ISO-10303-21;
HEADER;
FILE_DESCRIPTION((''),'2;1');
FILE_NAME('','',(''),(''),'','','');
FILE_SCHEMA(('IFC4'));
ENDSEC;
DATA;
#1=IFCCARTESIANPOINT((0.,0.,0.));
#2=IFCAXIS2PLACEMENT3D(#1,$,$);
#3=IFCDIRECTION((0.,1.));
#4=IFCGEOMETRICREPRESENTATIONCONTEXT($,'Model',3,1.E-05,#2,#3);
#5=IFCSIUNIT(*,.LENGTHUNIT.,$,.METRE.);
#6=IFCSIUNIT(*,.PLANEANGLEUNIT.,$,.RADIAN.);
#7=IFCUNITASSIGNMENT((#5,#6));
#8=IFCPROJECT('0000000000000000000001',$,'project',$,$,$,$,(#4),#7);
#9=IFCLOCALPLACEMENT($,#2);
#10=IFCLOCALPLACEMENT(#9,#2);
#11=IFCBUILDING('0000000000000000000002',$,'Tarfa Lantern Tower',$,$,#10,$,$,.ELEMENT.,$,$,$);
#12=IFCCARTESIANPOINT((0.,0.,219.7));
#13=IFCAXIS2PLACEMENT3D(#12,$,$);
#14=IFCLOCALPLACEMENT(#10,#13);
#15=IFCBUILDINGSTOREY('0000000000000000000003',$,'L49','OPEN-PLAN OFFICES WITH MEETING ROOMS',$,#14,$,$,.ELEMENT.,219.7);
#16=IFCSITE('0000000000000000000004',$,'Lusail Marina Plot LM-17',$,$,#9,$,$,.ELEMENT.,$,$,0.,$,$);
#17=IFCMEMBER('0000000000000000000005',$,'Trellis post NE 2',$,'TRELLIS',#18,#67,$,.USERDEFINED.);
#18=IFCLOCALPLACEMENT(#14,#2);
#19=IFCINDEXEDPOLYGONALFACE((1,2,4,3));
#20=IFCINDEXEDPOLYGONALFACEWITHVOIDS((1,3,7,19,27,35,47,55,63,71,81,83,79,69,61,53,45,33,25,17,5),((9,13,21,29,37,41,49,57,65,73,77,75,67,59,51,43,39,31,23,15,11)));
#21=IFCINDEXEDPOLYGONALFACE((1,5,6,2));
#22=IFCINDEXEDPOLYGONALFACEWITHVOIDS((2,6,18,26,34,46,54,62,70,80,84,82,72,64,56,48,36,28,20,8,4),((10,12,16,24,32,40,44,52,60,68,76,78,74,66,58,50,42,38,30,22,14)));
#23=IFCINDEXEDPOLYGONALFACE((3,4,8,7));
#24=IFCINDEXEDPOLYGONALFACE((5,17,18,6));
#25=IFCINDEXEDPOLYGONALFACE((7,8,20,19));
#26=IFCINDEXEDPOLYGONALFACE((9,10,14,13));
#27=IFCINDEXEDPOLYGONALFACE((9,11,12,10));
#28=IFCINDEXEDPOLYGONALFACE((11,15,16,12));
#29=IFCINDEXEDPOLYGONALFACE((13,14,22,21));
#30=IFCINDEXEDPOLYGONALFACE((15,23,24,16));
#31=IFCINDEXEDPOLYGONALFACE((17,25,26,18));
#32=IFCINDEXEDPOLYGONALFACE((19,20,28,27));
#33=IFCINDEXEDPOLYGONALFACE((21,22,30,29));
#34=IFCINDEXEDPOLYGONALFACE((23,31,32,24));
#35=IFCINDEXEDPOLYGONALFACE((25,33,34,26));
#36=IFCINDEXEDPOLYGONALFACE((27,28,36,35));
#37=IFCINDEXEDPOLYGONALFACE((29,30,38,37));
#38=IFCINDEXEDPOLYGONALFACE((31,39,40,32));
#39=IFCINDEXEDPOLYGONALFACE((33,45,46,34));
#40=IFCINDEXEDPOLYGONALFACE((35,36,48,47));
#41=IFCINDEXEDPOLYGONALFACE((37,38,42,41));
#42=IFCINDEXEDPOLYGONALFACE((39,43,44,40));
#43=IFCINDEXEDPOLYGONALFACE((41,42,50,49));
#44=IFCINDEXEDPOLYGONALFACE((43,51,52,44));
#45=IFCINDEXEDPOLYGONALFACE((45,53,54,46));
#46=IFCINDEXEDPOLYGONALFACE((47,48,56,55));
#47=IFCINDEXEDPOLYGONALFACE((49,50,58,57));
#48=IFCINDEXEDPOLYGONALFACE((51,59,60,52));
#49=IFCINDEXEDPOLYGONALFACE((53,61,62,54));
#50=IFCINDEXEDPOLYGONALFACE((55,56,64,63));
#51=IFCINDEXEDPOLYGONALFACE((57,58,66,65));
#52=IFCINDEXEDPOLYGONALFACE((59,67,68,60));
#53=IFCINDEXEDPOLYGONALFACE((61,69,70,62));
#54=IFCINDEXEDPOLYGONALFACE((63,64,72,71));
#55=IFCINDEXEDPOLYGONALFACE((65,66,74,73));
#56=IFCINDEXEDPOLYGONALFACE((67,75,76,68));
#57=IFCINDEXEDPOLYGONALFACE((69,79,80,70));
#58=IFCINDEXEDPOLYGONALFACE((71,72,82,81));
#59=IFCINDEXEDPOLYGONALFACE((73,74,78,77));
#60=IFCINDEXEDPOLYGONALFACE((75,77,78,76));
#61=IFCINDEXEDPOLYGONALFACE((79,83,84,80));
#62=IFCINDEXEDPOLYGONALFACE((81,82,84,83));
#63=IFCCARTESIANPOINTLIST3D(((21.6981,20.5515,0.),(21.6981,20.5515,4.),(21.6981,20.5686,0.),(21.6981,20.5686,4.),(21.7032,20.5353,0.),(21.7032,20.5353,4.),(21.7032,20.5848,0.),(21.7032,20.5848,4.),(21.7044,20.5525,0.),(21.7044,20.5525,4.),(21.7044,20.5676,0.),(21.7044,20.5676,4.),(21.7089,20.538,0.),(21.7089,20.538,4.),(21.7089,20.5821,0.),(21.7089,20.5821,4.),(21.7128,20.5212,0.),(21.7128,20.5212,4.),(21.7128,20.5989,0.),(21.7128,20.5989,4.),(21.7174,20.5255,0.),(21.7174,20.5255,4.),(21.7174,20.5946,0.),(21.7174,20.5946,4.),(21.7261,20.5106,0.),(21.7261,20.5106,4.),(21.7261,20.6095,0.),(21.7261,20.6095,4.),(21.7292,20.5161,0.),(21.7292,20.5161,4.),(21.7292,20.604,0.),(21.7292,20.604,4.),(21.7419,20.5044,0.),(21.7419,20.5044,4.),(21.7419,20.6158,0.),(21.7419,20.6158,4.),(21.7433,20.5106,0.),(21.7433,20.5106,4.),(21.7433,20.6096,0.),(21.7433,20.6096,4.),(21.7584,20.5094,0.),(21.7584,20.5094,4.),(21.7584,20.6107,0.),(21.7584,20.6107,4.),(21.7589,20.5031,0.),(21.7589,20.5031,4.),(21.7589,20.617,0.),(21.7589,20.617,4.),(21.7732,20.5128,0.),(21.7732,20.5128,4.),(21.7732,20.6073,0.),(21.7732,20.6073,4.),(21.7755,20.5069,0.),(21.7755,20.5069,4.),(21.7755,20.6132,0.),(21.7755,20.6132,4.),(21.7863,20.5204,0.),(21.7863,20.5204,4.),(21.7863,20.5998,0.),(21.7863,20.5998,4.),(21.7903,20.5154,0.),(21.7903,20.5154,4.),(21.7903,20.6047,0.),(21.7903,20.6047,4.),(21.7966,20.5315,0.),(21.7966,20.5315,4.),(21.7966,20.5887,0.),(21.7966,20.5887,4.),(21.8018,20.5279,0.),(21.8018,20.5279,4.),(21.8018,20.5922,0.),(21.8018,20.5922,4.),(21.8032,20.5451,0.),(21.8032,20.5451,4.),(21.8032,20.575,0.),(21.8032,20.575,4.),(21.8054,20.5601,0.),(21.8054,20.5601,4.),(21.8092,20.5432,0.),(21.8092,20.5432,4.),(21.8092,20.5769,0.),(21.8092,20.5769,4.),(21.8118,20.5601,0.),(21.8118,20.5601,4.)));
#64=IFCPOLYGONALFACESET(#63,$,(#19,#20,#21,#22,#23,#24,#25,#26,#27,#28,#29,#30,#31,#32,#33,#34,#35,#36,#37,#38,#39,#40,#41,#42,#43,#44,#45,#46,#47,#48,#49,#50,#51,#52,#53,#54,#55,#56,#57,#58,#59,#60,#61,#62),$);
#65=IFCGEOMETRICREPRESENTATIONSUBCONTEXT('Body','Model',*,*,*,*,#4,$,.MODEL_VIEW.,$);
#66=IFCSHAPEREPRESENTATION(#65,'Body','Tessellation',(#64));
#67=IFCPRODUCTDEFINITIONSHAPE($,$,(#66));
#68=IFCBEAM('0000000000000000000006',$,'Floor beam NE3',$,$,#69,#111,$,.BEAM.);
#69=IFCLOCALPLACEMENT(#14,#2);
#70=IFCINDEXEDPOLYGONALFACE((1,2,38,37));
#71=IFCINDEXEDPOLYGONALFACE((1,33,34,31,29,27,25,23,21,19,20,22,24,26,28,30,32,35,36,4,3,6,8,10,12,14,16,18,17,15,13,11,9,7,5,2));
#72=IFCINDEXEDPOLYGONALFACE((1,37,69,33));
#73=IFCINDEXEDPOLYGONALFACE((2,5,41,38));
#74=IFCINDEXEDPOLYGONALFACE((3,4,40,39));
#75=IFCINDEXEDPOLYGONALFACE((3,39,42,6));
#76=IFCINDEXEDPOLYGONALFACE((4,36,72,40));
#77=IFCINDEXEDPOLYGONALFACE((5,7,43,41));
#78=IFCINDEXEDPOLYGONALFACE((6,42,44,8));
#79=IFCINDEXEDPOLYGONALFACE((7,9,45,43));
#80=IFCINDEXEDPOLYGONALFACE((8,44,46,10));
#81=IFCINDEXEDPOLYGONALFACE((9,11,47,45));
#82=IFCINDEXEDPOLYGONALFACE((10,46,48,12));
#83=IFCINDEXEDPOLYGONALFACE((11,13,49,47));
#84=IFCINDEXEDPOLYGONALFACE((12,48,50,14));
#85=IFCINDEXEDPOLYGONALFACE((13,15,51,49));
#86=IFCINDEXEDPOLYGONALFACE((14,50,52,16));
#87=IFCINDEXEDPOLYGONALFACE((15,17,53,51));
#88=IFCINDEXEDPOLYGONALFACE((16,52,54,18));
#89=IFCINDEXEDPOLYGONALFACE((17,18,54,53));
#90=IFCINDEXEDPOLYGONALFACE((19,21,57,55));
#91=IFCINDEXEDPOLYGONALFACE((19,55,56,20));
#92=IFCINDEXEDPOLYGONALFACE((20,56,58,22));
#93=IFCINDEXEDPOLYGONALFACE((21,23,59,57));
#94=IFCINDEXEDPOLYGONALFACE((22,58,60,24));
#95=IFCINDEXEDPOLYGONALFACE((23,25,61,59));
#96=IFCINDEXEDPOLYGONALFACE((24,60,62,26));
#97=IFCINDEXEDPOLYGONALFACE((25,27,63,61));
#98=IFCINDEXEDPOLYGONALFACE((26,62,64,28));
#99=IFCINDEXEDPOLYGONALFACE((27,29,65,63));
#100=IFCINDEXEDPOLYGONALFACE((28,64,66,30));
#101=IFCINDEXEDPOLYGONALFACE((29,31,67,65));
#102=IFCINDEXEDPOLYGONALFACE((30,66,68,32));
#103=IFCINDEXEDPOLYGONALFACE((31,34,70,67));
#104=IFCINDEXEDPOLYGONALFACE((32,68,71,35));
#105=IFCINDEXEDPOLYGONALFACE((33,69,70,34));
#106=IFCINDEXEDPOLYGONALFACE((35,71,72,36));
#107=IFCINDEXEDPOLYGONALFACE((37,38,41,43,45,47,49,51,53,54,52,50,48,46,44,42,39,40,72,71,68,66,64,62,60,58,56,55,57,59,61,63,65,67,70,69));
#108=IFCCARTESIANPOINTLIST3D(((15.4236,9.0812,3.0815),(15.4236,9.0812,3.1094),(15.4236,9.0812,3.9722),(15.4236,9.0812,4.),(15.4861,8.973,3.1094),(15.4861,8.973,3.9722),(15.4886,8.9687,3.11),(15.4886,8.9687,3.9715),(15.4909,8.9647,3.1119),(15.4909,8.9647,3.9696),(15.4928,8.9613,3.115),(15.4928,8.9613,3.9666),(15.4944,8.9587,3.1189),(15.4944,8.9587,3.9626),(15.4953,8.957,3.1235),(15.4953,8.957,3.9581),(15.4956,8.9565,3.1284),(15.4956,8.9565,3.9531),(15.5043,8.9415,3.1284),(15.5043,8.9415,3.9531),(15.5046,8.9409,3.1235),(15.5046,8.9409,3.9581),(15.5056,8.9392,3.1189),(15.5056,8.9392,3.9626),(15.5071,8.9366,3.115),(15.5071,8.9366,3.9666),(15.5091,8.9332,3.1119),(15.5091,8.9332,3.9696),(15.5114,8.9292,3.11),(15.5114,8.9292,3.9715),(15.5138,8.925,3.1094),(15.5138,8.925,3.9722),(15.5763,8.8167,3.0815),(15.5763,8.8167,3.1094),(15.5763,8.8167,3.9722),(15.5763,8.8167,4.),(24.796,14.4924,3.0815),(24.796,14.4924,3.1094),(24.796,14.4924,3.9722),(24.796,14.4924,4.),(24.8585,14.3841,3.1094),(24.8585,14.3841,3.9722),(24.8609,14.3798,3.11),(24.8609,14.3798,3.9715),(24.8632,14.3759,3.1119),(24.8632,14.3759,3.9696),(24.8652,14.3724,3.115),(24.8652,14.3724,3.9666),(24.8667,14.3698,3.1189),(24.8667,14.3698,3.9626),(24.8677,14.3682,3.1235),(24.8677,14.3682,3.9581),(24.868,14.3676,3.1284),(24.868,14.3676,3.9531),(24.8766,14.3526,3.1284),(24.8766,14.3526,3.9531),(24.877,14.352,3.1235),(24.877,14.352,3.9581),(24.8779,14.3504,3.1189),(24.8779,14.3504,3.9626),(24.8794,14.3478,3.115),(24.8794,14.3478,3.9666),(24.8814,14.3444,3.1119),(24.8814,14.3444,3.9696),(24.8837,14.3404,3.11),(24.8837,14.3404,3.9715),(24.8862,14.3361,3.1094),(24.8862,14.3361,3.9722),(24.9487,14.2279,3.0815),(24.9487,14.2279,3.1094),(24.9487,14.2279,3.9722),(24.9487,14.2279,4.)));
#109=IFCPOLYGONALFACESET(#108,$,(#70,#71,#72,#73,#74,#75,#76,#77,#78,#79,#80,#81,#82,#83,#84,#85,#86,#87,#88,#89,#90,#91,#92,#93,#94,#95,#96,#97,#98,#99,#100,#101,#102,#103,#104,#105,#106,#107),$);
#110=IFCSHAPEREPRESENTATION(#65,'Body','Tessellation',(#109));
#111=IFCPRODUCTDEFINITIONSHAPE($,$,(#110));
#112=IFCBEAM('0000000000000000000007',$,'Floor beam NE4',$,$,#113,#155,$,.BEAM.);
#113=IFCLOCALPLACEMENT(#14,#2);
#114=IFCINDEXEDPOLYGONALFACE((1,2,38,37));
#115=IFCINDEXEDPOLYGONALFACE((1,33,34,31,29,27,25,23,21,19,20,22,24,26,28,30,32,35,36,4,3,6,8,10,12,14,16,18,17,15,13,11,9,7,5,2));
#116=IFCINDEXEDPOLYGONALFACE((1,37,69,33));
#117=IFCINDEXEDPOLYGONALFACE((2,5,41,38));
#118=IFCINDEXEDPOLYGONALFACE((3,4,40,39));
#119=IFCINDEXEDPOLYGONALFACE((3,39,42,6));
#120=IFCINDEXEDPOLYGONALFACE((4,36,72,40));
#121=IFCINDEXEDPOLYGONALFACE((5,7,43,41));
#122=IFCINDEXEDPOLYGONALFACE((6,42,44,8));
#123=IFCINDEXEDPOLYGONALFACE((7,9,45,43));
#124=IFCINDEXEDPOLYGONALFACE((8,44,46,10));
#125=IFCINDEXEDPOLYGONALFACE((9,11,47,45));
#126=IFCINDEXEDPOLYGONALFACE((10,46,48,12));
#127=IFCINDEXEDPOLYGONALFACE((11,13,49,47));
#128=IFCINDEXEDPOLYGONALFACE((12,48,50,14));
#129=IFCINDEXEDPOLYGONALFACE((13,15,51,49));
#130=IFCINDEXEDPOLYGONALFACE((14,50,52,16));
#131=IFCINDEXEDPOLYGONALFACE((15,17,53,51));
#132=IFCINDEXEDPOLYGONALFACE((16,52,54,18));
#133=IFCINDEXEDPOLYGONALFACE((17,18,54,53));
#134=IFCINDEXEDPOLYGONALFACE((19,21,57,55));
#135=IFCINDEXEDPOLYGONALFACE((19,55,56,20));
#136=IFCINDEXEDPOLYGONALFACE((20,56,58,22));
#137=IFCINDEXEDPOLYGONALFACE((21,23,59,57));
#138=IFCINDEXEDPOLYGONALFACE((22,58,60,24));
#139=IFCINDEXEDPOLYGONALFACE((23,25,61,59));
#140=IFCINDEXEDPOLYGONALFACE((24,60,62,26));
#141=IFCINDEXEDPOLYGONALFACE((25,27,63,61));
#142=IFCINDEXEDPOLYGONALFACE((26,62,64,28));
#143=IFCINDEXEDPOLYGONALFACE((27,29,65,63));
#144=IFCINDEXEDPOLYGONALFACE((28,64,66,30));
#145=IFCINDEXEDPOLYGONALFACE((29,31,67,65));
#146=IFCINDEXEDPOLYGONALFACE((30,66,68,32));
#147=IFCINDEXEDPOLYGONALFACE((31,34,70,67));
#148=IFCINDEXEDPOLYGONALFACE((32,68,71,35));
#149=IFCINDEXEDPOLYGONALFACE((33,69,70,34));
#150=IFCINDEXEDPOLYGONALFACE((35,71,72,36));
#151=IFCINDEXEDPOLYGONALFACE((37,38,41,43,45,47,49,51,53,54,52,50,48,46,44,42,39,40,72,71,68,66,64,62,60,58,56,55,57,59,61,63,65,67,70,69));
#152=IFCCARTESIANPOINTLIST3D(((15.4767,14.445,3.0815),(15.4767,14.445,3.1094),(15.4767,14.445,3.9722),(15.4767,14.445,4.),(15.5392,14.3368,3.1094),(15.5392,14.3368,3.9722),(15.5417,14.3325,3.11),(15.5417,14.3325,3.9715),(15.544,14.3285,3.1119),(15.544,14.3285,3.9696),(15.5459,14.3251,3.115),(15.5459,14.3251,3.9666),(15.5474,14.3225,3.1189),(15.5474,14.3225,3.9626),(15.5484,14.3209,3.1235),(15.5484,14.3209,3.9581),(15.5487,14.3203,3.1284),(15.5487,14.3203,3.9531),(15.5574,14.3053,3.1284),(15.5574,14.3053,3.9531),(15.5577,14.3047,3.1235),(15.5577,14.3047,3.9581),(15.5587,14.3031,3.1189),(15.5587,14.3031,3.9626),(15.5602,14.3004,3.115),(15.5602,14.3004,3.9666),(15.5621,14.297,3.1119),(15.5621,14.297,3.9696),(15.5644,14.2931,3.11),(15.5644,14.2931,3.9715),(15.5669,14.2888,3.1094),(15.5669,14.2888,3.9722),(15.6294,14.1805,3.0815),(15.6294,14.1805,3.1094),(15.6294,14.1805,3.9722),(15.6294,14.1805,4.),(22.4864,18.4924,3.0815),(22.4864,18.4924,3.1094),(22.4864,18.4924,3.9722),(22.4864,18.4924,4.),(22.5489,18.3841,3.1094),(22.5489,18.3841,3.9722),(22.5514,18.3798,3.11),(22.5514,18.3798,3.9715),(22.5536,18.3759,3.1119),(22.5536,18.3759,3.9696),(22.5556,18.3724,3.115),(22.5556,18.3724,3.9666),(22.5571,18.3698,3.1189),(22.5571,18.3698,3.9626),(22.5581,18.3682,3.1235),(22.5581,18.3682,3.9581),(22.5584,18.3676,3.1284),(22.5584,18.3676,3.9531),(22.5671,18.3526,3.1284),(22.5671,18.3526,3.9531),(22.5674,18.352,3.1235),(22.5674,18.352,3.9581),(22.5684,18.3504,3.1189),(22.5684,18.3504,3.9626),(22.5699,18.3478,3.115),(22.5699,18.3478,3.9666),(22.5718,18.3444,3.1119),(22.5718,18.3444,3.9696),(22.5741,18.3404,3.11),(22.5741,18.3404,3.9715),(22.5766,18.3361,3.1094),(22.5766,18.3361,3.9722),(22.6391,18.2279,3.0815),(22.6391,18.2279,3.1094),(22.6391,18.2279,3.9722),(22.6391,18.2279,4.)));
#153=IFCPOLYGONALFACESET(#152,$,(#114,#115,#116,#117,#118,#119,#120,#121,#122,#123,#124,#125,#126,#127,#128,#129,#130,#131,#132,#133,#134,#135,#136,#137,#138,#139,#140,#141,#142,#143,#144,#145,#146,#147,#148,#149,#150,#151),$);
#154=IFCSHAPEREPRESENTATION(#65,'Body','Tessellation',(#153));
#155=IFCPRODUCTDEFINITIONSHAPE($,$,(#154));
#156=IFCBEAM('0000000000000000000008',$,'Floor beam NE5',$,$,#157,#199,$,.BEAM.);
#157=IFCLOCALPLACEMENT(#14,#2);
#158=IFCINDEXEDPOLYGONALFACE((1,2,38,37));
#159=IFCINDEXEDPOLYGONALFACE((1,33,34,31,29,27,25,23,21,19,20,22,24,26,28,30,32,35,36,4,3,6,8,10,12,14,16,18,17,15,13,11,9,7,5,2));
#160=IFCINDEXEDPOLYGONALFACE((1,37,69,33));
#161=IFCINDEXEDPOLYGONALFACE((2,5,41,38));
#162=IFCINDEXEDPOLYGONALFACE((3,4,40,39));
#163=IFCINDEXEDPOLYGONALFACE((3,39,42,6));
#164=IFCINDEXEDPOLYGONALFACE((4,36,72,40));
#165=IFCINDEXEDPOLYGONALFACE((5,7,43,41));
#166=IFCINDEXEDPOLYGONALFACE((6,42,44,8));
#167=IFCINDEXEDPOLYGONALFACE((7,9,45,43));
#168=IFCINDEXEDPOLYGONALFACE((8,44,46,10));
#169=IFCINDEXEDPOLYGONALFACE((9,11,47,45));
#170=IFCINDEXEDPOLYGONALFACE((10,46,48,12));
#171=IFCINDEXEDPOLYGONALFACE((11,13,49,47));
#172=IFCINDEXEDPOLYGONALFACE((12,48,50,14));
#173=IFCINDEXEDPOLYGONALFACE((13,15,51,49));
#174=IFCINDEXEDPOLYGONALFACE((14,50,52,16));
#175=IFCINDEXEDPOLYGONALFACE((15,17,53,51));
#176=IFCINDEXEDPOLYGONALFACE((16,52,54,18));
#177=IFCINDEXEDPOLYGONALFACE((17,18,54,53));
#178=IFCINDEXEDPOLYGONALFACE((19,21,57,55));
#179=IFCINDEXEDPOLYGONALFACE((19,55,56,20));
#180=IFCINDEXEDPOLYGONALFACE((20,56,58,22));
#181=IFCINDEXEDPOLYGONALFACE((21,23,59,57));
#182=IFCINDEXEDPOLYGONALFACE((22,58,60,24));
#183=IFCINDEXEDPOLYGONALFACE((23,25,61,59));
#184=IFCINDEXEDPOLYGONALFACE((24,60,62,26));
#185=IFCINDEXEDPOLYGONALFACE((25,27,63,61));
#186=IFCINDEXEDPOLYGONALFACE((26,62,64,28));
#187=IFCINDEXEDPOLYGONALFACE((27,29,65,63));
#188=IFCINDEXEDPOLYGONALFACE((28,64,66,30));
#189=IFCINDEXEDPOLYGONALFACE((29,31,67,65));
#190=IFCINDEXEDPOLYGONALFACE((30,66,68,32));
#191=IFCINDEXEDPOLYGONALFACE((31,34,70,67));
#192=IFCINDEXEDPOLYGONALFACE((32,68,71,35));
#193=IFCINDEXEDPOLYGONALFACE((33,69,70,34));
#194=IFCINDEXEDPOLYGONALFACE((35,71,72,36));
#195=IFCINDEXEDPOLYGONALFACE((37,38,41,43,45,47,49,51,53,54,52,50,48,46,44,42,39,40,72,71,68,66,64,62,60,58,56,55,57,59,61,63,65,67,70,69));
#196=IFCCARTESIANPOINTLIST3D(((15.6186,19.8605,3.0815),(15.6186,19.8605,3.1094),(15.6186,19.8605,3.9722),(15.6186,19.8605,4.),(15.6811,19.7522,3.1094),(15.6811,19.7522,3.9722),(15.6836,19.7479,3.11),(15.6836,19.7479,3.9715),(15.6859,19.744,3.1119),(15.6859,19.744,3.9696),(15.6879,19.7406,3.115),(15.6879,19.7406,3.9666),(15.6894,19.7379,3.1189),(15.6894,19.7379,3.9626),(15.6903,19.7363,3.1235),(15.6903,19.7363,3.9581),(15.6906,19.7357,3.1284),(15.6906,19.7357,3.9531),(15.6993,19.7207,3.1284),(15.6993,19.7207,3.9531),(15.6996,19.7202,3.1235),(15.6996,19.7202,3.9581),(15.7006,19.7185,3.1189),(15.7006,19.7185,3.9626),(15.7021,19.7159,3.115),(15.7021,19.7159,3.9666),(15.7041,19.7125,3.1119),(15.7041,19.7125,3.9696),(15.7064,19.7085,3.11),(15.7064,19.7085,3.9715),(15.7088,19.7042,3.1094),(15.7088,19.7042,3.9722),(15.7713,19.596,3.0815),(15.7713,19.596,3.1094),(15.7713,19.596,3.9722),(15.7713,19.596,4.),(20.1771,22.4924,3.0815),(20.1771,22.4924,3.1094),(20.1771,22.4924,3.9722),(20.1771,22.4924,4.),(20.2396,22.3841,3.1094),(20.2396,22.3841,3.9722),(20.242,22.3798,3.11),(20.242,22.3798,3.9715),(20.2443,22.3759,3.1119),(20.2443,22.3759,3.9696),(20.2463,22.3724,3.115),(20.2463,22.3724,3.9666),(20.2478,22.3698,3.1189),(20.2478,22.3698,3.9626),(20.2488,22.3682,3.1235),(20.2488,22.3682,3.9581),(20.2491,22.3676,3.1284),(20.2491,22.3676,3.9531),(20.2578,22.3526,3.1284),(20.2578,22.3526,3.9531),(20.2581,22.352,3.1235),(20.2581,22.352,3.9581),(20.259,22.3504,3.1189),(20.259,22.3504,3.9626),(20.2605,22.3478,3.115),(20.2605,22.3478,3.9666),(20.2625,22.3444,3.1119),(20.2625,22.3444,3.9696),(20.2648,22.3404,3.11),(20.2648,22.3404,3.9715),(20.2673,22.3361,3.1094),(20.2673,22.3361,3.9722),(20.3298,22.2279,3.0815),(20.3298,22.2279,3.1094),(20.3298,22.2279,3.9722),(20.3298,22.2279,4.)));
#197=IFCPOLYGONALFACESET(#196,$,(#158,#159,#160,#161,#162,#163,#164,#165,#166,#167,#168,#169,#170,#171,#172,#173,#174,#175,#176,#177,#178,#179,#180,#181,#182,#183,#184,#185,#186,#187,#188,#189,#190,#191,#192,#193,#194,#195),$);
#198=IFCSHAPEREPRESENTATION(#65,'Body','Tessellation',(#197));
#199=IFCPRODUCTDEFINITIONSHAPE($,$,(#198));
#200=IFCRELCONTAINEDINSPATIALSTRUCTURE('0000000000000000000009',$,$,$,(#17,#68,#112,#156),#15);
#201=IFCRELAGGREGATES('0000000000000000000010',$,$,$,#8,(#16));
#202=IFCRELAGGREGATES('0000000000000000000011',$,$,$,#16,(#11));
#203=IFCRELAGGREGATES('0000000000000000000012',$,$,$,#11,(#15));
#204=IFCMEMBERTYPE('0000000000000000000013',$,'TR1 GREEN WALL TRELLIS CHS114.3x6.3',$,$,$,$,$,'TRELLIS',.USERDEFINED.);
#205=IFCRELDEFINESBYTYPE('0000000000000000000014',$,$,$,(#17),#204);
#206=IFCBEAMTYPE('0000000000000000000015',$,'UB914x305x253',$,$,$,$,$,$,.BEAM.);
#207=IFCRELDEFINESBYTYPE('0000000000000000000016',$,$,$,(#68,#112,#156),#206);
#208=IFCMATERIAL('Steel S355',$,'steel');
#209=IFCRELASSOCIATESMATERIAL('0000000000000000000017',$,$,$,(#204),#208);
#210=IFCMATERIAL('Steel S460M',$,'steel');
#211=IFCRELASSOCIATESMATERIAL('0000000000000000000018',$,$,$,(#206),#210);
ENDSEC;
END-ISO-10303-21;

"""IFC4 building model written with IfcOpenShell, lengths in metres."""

from ifc_helpers import new_model, si_unit, direction, frame, origin, origin_2d, place, context, subcontext, project, spatial, hollow_circle, i_section, extrude, material, material_profile, profile_set, type_object, element, save


model = new_model("IFC4")

# Units and contexts
model_context = context("Model", 3, precision=1e-05, world=origin(), true_north=direction((0.0, 1.0)))
body_context = subcontext(model_context, "Body", "Model", "MODEL_VIEW")
ifc_project = project(units=[si_unit("LENGTHUNIT", "METRE"), si_unit("PLANEANGLEUNIT", "RADIAN")], contexts=[model_context])

# Site, building, storey
site_placement = place(None, origin())
site = spatial("IfcSite", under=ifc_project, at=site_placement, Name="Lusail Marina Plot LM-17", CompositionType="ELEMENT", RefElevation=0.0)
building_placement = place(site_placement, origin())
building = spatial("IfcBuilding", under=site, at=building_placement, Name="Tarfa Lantern Tower", CompositionType="ELEMENT")
storey_placement = place(building_placement, frame((0.0, 0.0, 219.7)))
storey = spatial("IfcBuildingStorey", under=building, at=storey_placement, Name="L49", Description="OPEN-PLAN OFFICES WITH MEETING ROOMS", CompositionType="ELEMENT", Elevation=219.7)

# Member
ifc_material_1 = material(Name="Steel S355", Category="steel")
ifc_material_profile_1 = material_profile(ifc_material_1, hollow_circle(Radius=0.0571, WallThickness=0.0063, at=origin_2d()), Name="CHS114.3x6.3")
ifc_profile_set_1 = profile_set([ifc_material_profile_1], Name="Steel S355")
member_type_1 = type_object("IfcMemberType", Name="TR1 GREEN WALL TRELLIS CHS114.3x6.3", ElementType="TRELLIS", PredefinedType="USERDEFINED", material=ifc_profile_set_1)
member_1_placement = place(storey_placement, frame((21.7546, 20.5601, 0.0), z_axis=(0.0, 0.0, 1.0), x_axis=(1.0, 0.0, 0.0)))
element("IfcMember", 1, at=member_1_placement, inside=storey, type_object=member_type_1, Name="Trellis post NE 2", ObjectType="TRELLIS", PredefinedType="USERDEFINED", context=body_context, shape_type="SweptSolid", body=[
    extrude(hollow_circle(Radius=0.0571, WallThickness=0.0063, at=origin_2d()), origin(), (0.0, 0.0, 1.0), 4.0),
])

# Beams
ifc_material_2 = material(Name="Steel S460M", Category="steel")
ifc_material_profile_2 = material_profile(ifc_material_2, i_section(OverallWidth=0.3054, OverallDepth=0.9185, WebThickness=0.0173, FlangeThickness=0.0278, FilletRadius=0.019, at=origin_2d()), Name="UB914x305x253")
ifc_profile_set_2 = profile_set([ifc_material_profile_2], Name="Steel S460M")
beam_type_1 = type_object("IfcBeamType", Name="UB914x305x253", PredefinedType="BEAM", material=ifc_profile_set_2)
beam_1_placement = place(storey_placement, frame((24.8723, 14.3601, 3.5408), z_axis=(-0.866024, -0.500002, 0.0), x_axis=(0.500002, -0.866024, 0.0)))
element("IfcBeam", 2, at=beam_1_placement, inside=storey, type_object=beam_type_1, Name="Floor beam NE3", PredefinedType="BEAM", context=body_context, shape_type="SweptSolid", body=[
    extrude(i_section(OverallWidth=0.3054, OverallDepth=0.9185, WebThickness=0.0173, FlangeThickness=0.0278, FilletRadius=0.019, at=origin_2d()), origin(), (0.0, 0.0, 1.0), 10.8223),
])
beam_2_placement = place(storey_placement, frame((22.5627, 18.3601, 3.5408), z_axis=(-0.866011, -0.500025, 0.0), x_axis=(0.500025, -0.866011, 0.0)))
element("IfcBeam", 3, at=beam_2_placement, inside=storey, type_object=beam_type_1, Name="Floor beam NE4", PredefinedType="BEAM", context=body_context, shape_type="SweptSolid", body=[
    extrude(i_section(OverallWidth=0.3054, OverallDepth=0.9185, WebThickness=0.0173, FlangeThickness=0.0278, FilletRadius=0.019, at=origin_2d()), origin(), (0.0, 0.0, 1.0), 8.0942),
])
beam_3_placement = place(storey_placement, frame((20.2534, 22.3601, 3.5408), z_axis=(-0.86602, -0.50001, 0.0), x_axis=(0.50001, -0.86602, 0.0)))
element("IfcBeam", 4, at=beam_3_placement, inside=storey, type_object=beam_type_1, Name="Floor beam NE5", PredefinedType="BEAM", context=body_context, shape_type="SweptSolid", body=[
    extrude(i_section(OverallWidth=0.3054, OverallDepth=0.9185, WebThickness=0.0173, FlangeThickness=0.0278, FilletRadius=0.019, at=origin_2d()), origin(), (0.0, 0.0, 1.0), 5.2637),
])

save(model, "model.ifc")
